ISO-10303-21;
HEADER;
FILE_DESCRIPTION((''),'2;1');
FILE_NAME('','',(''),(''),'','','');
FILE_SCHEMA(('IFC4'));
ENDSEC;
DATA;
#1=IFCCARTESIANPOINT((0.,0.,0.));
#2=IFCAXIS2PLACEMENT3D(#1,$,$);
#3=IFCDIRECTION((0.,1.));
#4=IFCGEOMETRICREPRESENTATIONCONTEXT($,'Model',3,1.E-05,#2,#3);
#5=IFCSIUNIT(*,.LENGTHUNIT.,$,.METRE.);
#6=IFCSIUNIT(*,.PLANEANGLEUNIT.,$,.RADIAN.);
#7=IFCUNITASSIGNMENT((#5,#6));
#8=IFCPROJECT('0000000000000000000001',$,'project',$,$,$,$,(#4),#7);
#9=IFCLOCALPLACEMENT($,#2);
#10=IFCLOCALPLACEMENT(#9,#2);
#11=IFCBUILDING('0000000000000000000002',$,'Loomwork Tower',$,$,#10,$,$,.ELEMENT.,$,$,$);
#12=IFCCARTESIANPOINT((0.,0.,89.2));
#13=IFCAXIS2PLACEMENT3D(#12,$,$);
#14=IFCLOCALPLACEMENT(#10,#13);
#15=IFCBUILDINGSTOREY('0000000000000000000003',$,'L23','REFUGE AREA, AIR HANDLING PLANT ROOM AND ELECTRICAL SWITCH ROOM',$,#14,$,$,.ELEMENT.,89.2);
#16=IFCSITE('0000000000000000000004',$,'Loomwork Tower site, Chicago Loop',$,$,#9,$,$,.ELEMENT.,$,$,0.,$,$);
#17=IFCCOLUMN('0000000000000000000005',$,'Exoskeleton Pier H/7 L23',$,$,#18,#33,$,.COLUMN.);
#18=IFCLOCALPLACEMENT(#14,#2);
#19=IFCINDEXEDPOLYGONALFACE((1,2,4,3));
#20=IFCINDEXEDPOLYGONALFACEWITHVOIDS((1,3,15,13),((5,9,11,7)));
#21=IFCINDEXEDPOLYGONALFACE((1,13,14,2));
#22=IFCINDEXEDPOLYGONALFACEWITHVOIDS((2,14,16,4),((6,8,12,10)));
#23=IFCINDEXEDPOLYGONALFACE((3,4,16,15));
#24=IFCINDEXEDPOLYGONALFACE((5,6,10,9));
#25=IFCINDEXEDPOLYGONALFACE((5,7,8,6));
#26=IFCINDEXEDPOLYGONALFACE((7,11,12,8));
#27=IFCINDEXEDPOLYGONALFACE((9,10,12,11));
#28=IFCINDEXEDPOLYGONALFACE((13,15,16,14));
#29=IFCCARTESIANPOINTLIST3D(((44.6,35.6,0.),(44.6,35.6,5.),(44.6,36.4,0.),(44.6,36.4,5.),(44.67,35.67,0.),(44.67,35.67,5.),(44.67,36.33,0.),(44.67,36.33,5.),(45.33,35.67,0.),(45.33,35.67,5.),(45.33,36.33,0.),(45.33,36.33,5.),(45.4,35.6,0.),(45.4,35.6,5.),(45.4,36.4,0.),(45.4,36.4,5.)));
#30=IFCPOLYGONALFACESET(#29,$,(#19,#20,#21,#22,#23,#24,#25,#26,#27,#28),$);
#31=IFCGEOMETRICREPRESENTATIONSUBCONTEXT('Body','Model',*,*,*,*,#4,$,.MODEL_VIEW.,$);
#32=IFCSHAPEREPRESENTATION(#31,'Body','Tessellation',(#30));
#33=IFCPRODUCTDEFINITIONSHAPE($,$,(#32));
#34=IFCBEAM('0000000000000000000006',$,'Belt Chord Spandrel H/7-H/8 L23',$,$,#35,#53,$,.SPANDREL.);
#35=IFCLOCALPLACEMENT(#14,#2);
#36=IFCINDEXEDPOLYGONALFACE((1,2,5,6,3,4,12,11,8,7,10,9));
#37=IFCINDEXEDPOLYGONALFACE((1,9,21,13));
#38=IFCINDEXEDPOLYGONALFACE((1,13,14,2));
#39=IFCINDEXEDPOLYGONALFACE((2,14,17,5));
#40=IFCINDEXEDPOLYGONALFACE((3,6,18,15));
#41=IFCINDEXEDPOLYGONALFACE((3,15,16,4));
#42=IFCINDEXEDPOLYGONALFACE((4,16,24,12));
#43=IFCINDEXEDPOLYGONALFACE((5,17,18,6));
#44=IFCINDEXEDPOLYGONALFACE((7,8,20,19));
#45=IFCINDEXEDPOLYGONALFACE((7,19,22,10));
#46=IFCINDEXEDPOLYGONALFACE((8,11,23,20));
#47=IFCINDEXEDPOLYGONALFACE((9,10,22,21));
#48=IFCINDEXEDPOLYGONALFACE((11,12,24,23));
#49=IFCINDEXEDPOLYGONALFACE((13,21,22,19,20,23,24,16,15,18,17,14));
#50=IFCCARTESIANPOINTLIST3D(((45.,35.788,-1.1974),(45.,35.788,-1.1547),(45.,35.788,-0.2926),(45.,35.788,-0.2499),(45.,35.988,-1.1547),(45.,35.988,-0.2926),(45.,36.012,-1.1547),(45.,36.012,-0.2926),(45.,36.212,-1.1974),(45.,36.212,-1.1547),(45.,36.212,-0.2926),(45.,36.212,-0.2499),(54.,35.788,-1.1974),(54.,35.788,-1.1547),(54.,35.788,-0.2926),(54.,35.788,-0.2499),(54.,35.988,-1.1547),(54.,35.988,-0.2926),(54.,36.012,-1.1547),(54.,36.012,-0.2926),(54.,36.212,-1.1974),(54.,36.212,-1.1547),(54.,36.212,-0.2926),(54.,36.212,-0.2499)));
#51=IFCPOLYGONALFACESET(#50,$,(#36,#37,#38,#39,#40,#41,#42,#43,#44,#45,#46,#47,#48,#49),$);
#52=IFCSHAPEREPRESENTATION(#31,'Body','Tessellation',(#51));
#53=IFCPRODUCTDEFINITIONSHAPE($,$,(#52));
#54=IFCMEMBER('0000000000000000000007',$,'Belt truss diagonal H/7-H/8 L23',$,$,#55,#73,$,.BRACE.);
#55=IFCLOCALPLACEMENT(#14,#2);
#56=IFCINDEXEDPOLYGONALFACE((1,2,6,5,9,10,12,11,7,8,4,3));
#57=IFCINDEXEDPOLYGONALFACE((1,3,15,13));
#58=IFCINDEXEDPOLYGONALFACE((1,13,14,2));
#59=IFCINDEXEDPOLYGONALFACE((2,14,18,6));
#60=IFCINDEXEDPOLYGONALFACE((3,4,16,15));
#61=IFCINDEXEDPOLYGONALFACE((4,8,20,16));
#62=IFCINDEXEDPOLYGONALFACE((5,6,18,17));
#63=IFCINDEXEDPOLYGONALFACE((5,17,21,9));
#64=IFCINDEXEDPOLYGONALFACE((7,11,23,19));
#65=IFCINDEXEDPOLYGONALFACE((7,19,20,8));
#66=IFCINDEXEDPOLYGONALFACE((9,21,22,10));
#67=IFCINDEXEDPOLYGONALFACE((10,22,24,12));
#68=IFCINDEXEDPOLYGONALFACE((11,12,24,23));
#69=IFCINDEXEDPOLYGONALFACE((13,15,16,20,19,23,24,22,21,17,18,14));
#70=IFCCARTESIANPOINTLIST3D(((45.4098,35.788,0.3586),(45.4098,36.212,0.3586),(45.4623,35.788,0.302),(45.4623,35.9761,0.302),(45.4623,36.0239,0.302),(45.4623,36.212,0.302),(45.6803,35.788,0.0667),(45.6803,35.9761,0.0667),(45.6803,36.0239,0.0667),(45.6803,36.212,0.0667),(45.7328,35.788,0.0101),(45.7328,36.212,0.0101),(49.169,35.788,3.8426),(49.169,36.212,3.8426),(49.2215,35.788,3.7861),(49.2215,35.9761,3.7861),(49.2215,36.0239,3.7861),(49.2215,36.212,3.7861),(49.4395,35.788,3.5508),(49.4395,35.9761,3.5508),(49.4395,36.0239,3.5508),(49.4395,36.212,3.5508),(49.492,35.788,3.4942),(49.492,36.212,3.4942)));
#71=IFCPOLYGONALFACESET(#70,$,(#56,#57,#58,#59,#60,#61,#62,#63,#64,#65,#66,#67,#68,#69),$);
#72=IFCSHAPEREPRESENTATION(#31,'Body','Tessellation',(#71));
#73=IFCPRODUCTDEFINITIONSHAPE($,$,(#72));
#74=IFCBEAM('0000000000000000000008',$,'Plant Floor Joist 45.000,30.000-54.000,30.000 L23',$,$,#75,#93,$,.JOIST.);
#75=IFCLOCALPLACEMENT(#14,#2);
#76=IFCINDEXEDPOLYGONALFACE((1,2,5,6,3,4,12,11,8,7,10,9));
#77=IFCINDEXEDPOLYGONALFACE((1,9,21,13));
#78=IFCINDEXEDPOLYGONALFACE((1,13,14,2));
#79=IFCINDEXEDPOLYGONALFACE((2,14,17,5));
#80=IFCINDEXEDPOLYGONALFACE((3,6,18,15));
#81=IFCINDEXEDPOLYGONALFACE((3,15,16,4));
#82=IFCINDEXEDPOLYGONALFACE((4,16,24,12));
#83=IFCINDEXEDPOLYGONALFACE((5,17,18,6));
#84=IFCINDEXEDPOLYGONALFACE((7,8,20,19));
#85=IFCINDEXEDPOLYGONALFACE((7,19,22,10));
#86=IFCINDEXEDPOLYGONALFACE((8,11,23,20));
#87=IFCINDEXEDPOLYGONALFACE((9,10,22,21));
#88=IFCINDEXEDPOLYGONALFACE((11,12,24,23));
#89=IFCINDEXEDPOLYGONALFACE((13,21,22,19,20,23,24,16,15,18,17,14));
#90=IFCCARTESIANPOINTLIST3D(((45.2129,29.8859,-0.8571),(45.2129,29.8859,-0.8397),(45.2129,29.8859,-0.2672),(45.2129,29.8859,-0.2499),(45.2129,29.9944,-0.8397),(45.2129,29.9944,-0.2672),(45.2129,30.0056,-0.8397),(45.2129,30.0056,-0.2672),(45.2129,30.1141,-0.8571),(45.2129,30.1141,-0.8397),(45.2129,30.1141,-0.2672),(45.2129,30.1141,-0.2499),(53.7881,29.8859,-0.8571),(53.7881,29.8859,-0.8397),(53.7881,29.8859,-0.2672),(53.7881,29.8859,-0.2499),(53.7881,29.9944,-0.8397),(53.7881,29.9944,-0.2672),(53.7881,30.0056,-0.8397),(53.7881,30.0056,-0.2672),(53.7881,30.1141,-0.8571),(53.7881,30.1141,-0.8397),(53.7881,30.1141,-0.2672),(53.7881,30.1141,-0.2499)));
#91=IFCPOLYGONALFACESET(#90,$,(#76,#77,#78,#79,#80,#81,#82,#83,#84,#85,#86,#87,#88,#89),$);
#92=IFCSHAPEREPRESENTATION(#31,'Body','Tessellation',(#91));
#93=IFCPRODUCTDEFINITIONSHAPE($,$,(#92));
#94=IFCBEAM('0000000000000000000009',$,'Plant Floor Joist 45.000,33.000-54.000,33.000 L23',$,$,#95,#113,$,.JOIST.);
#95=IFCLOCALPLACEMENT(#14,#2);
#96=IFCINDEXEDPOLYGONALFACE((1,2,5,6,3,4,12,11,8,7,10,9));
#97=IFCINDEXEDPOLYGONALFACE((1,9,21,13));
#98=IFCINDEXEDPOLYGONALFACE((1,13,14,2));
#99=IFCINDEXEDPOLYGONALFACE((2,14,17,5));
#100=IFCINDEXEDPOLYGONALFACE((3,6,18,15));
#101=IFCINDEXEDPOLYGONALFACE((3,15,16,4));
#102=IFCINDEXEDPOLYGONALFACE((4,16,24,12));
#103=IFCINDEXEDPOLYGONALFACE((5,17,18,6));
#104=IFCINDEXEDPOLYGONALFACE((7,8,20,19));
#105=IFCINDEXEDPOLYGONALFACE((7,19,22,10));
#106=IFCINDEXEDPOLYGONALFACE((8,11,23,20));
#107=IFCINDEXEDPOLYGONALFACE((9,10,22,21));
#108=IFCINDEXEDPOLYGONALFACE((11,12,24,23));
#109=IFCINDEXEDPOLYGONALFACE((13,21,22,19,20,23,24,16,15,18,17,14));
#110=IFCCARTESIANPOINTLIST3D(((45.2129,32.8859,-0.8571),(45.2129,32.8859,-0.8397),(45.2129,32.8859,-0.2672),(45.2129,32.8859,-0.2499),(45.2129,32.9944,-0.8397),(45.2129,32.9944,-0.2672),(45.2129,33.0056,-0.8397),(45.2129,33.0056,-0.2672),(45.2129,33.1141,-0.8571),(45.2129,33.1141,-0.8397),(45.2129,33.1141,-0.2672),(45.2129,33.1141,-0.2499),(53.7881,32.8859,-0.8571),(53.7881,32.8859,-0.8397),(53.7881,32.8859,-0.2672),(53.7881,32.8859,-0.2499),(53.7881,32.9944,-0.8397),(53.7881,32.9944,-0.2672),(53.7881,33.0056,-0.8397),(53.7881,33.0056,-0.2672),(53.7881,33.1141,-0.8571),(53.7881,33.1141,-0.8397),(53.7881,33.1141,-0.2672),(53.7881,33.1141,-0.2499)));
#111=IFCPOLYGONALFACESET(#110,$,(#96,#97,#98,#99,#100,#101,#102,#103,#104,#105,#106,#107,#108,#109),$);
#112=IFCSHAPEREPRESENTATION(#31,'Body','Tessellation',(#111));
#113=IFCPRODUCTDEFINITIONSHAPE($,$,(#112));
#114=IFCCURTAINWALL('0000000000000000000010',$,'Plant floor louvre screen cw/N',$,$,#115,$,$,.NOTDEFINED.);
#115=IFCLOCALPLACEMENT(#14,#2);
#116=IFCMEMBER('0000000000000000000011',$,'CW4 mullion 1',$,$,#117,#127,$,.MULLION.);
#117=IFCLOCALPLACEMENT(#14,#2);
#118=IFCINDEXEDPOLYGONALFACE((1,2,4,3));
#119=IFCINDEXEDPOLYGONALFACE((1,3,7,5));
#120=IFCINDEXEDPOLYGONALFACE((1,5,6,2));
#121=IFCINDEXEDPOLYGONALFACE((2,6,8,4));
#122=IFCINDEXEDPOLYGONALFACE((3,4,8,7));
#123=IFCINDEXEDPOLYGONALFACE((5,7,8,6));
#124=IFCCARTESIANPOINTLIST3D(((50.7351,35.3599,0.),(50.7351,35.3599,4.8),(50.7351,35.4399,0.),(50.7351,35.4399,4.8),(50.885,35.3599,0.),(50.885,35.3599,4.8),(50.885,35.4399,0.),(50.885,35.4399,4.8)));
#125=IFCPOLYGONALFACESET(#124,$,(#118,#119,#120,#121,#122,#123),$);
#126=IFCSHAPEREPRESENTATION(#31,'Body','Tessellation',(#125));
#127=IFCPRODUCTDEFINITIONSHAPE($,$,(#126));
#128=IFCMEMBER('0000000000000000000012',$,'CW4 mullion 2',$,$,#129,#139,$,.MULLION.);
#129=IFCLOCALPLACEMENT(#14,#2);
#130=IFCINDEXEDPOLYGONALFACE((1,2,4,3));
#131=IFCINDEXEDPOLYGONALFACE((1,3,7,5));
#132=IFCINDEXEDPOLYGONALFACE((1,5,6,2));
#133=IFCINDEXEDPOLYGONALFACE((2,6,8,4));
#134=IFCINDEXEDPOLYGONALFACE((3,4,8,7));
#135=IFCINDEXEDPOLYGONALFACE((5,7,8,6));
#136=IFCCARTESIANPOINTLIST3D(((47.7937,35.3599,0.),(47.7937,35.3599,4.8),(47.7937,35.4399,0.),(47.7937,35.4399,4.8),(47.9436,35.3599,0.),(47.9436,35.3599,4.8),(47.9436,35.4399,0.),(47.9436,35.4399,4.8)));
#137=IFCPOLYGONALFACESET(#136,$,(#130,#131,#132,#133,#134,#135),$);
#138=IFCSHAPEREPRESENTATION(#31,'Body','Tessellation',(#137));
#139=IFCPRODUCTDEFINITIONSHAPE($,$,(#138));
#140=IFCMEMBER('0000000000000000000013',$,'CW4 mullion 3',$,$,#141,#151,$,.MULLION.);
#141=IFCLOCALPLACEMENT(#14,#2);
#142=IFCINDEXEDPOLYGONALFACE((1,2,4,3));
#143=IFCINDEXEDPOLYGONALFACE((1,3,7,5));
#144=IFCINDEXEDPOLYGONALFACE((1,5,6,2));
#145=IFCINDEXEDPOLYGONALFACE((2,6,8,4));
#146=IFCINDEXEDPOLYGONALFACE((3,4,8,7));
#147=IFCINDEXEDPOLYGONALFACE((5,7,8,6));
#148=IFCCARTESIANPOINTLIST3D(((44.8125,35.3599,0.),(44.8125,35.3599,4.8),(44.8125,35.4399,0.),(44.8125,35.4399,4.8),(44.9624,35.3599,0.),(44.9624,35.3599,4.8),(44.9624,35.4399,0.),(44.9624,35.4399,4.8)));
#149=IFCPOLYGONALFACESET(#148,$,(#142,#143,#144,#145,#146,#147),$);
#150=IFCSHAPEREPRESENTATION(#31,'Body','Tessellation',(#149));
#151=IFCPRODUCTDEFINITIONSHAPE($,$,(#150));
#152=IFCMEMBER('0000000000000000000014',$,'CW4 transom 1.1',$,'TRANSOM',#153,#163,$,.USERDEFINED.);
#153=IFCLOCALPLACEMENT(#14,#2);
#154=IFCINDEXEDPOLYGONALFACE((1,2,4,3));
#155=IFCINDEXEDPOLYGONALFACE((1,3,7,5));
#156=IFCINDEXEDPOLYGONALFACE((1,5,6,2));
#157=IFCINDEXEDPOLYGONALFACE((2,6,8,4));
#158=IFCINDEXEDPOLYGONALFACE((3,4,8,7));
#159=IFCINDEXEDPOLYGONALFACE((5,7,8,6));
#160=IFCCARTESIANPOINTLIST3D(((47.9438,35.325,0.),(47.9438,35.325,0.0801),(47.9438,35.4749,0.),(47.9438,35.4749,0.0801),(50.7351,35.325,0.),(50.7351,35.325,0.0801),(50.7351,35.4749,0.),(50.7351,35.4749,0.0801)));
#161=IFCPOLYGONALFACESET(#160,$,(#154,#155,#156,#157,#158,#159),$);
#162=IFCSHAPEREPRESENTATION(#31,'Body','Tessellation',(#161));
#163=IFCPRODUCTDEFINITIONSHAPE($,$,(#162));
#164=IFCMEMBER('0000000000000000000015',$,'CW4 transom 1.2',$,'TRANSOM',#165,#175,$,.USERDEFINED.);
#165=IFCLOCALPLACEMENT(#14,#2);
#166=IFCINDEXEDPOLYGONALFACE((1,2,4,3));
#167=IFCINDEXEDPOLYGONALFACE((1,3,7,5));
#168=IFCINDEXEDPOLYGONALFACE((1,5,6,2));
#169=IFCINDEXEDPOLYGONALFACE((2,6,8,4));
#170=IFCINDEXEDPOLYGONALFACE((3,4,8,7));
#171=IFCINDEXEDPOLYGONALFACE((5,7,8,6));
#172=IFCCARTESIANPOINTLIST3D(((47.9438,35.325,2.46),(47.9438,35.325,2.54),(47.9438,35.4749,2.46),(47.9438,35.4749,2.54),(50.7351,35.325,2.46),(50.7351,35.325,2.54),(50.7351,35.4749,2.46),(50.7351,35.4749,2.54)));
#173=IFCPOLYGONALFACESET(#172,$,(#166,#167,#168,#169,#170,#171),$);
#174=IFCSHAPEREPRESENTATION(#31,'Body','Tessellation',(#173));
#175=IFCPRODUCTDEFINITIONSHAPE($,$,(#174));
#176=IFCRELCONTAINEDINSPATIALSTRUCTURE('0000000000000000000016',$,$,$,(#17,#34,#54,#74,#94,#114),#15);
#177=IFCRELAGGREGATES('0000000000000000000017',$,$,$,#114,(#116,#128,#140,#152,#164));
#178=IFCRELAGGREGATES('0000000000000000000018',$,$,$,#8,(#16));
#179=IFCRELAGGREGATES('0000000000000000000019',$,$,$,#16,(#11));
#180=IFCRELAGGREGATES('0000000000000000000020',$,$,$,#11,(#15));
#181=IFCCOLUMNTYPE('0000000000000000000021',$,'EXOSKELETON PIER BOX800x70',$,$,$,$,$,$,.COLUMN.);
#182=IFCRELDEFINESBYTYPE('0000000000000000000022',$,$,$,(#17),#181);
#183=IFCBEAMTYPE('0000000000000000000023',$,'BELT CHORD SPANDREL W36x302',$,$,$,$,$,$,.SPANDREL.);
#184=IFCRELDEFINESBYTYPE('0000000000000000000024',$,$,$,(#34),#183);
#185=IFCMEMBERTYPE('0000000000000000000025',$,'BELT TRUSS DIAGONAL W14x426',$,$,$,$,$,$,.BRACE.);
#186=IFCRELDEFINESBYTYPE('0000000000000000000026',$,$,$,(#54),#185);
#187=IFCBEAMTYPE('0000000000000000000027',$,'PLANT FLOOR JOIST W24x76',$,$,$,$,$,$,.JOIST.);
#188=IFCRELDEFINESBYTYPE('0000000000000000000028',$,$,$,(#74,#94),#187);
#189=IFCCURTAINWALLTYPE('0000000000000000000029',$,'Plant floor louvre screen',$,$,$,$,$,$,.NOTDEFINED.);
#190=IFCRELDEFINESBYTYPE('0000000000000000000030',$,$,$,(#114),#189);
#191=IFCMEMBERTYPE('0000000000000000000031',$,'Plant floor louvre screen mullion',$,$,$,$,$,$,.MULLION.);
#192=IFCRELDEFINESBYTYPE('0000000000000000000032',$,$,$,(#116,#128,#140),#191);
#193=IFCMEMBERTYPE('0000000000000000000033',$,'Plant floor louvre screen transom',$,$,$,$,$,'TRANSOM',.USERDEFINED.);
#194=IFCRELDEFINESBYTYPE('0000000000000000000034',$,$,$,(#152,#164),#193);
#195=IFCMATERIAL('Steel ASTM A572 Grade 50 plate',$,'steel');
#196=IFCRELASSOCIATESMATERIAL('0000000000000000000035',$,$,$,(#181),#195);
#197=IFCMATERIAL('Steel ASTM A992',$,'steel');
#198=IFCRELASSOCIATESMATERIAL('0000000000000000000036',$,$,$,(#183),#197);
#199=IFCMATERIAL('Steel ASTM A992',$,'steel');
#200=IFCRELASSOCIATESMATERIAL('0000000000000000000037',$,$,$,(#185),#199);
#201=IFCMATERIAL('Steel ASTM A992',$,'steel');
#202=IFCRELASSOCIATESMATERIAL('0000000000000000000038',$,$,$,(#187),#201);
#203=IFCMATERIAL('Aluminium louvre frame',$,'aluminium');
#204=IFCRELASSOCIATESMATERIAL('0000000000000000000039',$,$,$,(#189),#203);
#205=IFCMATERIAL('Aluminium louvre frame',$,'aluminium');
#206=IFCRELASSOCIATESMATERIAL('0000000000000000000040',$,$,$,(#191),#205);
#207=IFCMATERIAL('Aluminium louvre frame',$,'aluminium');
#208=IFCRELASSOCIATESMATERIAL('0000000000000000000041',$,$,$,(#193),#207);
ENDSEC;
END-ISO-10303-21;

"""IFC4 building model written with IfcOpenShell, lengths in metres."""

from ifc_helpers import new_model, si_unit, direction, frame, origin, origin_2d, place, context, subcontext, project, spatial, rectangle, hollow_rectangle, i_section, extrude, material, material_profile, profile_set, type_object, element, aggregate, save


model = new_model("IFC4")

# Units and contexts
model_context = context("Model", 3, precision=1e-05, world=origin(), true_north=direction((0.0, 1.0)))
body_context = subcontext(model_context, "Body", "Model", "MODEL_VIEW")
ifc_project = project(units=[si_unit("LENGTHUNIT", "METRE"), si_unit("PLANEANGLEUNIT", "RADIAN")], contexts=[model_context])

# Site, building, storey
site_placement = place(None, origin())
site = spatial("IfcSite", under=ifc_project, at=site_placement, Name="Loomwork Tower site, Chicago Loop", CompositionType="ELEMENT", RefElevation=0.0)
building_placement = place(site_placement, origin())
building = spatial("IfcBuilding", under=site, at=building_placement, Name="Loomwork Tower", CompositionType="ELEMENT")
storey_placement = place(building_placement, frame((0.0, 0.0, 89.2)))
storey = spatial("IfcBuildingStorey", under=building, at=storey_placement, Name="L23", Description="REFUGE AREA, AIR HANDLING PLANT ROOM AND ELECTRICAL SWITCH ROOM", CompositionType="ELEMENT", Elevation=89.2)

# Column
ifc_material_1 = material(Name="Steel ASTM A572 Grade 50 plate", Category="steel")
ifc_material_profile_1 = material_profile(ifc_material_1, hollow_rectangle(XDim=0.8, YDim=0.8, WallThickness=0.0701, at=origin_2d()), Name="BOX800x70")
ifc_profile_set_1 = profile_set([ifc_material_profile_1], Name="Steel ASTM A572 Grade 50 plate")
column_type = type_object("IfcColumnType", Name="EXOSKELETON PIER BOX800x70", PredefinedType="COLUMN", material=ifc_profile_set_1)
column_placement = place(storey_placement, frame((45.0, 36.0, 0.0), z_axis=(0.0, 0.0, 1.0), x_axis=(1.0, 0.0, 0.0)))
element("IfcColumn", 1, at=column_placement, inside=storey, type_object=column_type, Name="Exoskeleton Pier H/7 L23", PredefinedType="COLUMN", context=body_context, shape_type="SweptSolid", body=[
    extrude(hollow_rectangle(XDim=0.8, YDim=0.8, WallThickness=0.0701, at=origin_2d()), origin(), (0.0, 0.0, 1.0), 5.0),
])

# Beam
ifc_material_2 = material(Name="Steel ASTM A992", Category="steel")
ifc_material_profile_2 = material_profile(ifc_material_2, i_section(OverallWidth=0.4241, OverallDepth=0.9475, WebThickness=0.0239, FlangeThickness=0.0427, at=origin_2d()), Name="W36x302")
ifc_profile_set_2 = profile_set([ifc_material_profile_2], Name="Steel ASTM A992")
beam_type_1 = type_object("IfcBeamType", Name="BELT CHORD SPANDREL W36x302", PredefinedType="SPANDREL", material=ifc_profile_set_2)
beam_placement = place(storey_placement, frame((45.0, 36.0, -0.7236), z_axis=(1.0, 0.0, 0.0), x_axis=(0.0, 1.0, 0.0)))
element("IfcBeam", 2, at=beam_placement, inside=storey, type_object=beam_type_1, Name="Belt Chord Spandrel H/7-H/8 L23", PredefinedType="SPANDREL", context=body_context, shape_type="SweptSolid", body=[
    extrude(i_section(OverallWidth=0.4241, OverallDepth=0.9475, WebThickness=0.0239, FlangeThickness=0.0427, at=origin_2d()), origin(), (0.0, 0.0, 1.0), 9.0),
])

# Member
ifc_material_3 = material(Name="Steel ASTM A992", Category="steel")
ifc_material_profile_3 = material_profile(ifc_material_3, i_section(OverallWidth=0.4241, OverallDepth=0.4751, WebThickness=0.0479, FlangeThickness=0.0771, at=origin_2d()), Name="W14x426")
ifc_profile_set_3 = profile_set([ifc_material_profile_3], Name="Steel ASTM A992")
member_type_1 = type_object("IfcMemberType", Name="BELT TRUSS DIAGONAL W14x426", PredefinedType="BRACE", material=ifc_profile_set_3)
member_1_placement = place(storey_placement, frame((45.5713, 36.0, 0.1843), z_axis=(0.733438, 0.0, 0.679757), x_axis=(0.0, 1.0, 0.0)))
element("IfcMember", 3, at=member_1_placement, inside=storey, type_object=member_type_1, Name="Belt truss diagonal H/7-H/8 L23", PredefinedType="BRACE", context=body_context, shape_type="SweptSolid", body=[
    extrude(i_section(OverallWidth=0.4241, OverallDepth=0.4751, WebThickness=0.0479, FlangeThickness=0.0771, at=origin_2d()), origin(), (0.0, 0.0, 1.0), 5.1255),
])

# Beams
ifc_material_4 = material(Name="Steel ASTM A992", Category="steel")
ifc_material_profile_4 = material_profile(ifc_material_4, i_section(OverallWidth=0.2283, OverallDepth=0.6072, WebThickness=0.0112, FlangeThickness=0.0173, at=origin_2d()), Name="W24x76")
ifc_profile_set_4 = profile_set([ifc_material_profile_4], Name="Steel ASTM A992")
beam_type_2 = type_object("IfcBeamType", Name="PLANT FLOOR JOIST W24x76", PredefinedType="JOIST", material=ifc_profile_set_4)
for number, where, z_axis, x_axis, name in (
    (4, (45.2129, 30.0, -0.5535), (1.0, 0.0, 0.0), (0.0, 1.0, 0.0), "Plant Floor Joist 45.000,30.000-54.000,30.000 L23"),
    (5, (45.2129, 33.0, -0.5535), (1.0, 0.0, 0.0), (0.0, 1.0, 0.0), "Plant Floor Joist 45.000,33.000-54.000,33.000 L23"),
):
    element("IfcBeam", number, at=place(storey_placement, frame(where, z_axis=z_axis, x_axis=x_axis)), inside=storey, type_object=beam_type_2, Name=name, PredefinedType="JOIST", context=body_context, shape_type="SweptSolid", body=[
        extrude(i_section(OverallWidth=0.2283, OverallDepth=0.6072, WebThickness=0.0112, FlangeThickness=0.0173, at=origin_2d()), origin(), (0.0, 0.0, 1.0), 8.5752),
    ])

# Curtain wall, members
ifc_material_5 = material(Name="Aluminium louvre frame", Category="aluminium")
curtain_wall_type = type_object("IfcCurtainWallType", Name="Plant floor louvre screen", PredefinedType="NOTDEFINED", material=ifc_material_5)
curtain_wall_placement = place(storey_placement, origin())
curtain_wall = element("IfcCurtainWall", 6, at=curtain_wall_placement, inside=storey, type_object=curtain_wall_type, Name="Plant floor louvre screen cw/N", PredefinedType="NOTDEFINED")
ifc_material_6 = material(Name="Aluminium louvre frame", Category="aluminium")
ifc_material_profile_5 = material_profile(ifc_material_6, rectangle(XDim=0.0801, YDim=0.1499, at=origin_2d()), Name="AL 80x150")
ifc_profile_set_5 = profile_set([ifc_material_profile_5], Name="Aluminium louvre frame")
member_type_2 = type_object("IfcMemberType", Name="Plant floor louvre screen mullion", PredefinedType="MULLION", material=ifc_profile_set_5)
member_2_placement = place(storey_placement, frame((50.8101, 35.3999, 0.0), z_axis=(0.0, 0.0, 1.0), x_axis=(0.0, -1.0, 0.0)))
member_2 = element("IfcMember", 7, at=member_2_placement, type_object=member_type_2, Name="CW4 mullion 1", PredefinedType="MULLION", context=body_context, shape_type="SweptSolid", body=[
    extrude(rectangle(XDim=0.0801, YDim=0.1499, at=origin_2d()), origin(), (0.0, 0.0, 1.0), 4.8),
])
member_3_placement = place(storey_placement, frame((47.8687, 35.3999, 0.0), z_axis=(0.0, 0.0, 1.0), x_axis=(0.0, -1.0, 0.0)))
member_3 = element("IfcMember", 8, at=member_3_placement, type_object=member_type_2, Name="CW4 mullion 2", PredefinedType="MULLION", context=body_context, shape_type="SweptSolid", body=[
    extrude(rectangle(XDim=0.0801, YDim=0.1499, at=origin_2d()), origin(), (0.0, 0.0, 1.0), 4.8),
])
member_4_placement = place(storey_placement, frame((44.8875, 35.3999, 0.0), z_axis=(0.0, 0.0, 1.0), x_axis=(0.0, -1.0, 0.0)))
member_4 = element("IfcMember", 9, at=member_4_placement, type_object=member_type_2, Name="CW4 mullion 3", PredefinedType="MULLION", context=body_context, shape_type="SweptSolid", body=[
    extrude(rectangle(XDim=0.0801, YDim=0.1499, at=origin_2d()), origin(), (0.0, 0.0, 1.0), 4.8),
])
ifc_material_7 = material(Name="Aluminium louvre frame", Category="aluminium")
ifc_material_profile_6 = material_profile(ifc_material_7, rectangle(XDim=0.1499, YDim=0.0801, at=origin_2d()), Name="AL 80x150")
ifc_profile_set_6 = profile_set([ifc_material_profile_6], Name="Aluminium louvre frame")
member_type_3 = type_object("IfcMemberType", Name="Plant floor louvre screen transom", ElementType="TRANSOM", PredefinedType="USERDEFINED", material=ifc_profile_set_6)
member_5_placement = place(storey_placement, frame((50.7351, 35.3999, 0.04), z_axis=(-1.0, 0.0, 0.0), x_axis=(0.0, -1.0, 0.0)))
member_5 = element("IfcMember", 10, at=member_5_placement, type_object=member_type_3, Name="CW4 transom 1.1", ObjectType="TRANSOM", PredefinedType="USERDEFINED", context=body_context, shape_type="SweptSolid", body=[
    extrude(rectangle(XDim=0.1499, YDim=0.0801, at=origin_2d()), origin(), (0.0, 0.0, 1.0), 2.7913),
])
member_6_placement = place(storey_placement, frame((50.7351, 35.3999, 2.5), z_axis=(-1.0, 0.0, 0.0), x_axis=(0.0, -1.0, 0.0)))
member_6 = element("IfcMember", 11, at=member_6_placement, type_object=member_type_3, Name="CW4 transom 1.2", ObjectType="TRANSOM", PredefinedType="USERDEFINED", context=body_context, shape_type="SweptSolid", body=[
    extrude(rectangle(XDim=0.1499, YDim=0.0801, at=origin_2d()), origin(), (0.0, 0.0, 1.0), 2.7913),
])
aggregate(curtain_wall, [member_2, member_3, member_4, member_5, member_6])

save(model, "model.ifc")
